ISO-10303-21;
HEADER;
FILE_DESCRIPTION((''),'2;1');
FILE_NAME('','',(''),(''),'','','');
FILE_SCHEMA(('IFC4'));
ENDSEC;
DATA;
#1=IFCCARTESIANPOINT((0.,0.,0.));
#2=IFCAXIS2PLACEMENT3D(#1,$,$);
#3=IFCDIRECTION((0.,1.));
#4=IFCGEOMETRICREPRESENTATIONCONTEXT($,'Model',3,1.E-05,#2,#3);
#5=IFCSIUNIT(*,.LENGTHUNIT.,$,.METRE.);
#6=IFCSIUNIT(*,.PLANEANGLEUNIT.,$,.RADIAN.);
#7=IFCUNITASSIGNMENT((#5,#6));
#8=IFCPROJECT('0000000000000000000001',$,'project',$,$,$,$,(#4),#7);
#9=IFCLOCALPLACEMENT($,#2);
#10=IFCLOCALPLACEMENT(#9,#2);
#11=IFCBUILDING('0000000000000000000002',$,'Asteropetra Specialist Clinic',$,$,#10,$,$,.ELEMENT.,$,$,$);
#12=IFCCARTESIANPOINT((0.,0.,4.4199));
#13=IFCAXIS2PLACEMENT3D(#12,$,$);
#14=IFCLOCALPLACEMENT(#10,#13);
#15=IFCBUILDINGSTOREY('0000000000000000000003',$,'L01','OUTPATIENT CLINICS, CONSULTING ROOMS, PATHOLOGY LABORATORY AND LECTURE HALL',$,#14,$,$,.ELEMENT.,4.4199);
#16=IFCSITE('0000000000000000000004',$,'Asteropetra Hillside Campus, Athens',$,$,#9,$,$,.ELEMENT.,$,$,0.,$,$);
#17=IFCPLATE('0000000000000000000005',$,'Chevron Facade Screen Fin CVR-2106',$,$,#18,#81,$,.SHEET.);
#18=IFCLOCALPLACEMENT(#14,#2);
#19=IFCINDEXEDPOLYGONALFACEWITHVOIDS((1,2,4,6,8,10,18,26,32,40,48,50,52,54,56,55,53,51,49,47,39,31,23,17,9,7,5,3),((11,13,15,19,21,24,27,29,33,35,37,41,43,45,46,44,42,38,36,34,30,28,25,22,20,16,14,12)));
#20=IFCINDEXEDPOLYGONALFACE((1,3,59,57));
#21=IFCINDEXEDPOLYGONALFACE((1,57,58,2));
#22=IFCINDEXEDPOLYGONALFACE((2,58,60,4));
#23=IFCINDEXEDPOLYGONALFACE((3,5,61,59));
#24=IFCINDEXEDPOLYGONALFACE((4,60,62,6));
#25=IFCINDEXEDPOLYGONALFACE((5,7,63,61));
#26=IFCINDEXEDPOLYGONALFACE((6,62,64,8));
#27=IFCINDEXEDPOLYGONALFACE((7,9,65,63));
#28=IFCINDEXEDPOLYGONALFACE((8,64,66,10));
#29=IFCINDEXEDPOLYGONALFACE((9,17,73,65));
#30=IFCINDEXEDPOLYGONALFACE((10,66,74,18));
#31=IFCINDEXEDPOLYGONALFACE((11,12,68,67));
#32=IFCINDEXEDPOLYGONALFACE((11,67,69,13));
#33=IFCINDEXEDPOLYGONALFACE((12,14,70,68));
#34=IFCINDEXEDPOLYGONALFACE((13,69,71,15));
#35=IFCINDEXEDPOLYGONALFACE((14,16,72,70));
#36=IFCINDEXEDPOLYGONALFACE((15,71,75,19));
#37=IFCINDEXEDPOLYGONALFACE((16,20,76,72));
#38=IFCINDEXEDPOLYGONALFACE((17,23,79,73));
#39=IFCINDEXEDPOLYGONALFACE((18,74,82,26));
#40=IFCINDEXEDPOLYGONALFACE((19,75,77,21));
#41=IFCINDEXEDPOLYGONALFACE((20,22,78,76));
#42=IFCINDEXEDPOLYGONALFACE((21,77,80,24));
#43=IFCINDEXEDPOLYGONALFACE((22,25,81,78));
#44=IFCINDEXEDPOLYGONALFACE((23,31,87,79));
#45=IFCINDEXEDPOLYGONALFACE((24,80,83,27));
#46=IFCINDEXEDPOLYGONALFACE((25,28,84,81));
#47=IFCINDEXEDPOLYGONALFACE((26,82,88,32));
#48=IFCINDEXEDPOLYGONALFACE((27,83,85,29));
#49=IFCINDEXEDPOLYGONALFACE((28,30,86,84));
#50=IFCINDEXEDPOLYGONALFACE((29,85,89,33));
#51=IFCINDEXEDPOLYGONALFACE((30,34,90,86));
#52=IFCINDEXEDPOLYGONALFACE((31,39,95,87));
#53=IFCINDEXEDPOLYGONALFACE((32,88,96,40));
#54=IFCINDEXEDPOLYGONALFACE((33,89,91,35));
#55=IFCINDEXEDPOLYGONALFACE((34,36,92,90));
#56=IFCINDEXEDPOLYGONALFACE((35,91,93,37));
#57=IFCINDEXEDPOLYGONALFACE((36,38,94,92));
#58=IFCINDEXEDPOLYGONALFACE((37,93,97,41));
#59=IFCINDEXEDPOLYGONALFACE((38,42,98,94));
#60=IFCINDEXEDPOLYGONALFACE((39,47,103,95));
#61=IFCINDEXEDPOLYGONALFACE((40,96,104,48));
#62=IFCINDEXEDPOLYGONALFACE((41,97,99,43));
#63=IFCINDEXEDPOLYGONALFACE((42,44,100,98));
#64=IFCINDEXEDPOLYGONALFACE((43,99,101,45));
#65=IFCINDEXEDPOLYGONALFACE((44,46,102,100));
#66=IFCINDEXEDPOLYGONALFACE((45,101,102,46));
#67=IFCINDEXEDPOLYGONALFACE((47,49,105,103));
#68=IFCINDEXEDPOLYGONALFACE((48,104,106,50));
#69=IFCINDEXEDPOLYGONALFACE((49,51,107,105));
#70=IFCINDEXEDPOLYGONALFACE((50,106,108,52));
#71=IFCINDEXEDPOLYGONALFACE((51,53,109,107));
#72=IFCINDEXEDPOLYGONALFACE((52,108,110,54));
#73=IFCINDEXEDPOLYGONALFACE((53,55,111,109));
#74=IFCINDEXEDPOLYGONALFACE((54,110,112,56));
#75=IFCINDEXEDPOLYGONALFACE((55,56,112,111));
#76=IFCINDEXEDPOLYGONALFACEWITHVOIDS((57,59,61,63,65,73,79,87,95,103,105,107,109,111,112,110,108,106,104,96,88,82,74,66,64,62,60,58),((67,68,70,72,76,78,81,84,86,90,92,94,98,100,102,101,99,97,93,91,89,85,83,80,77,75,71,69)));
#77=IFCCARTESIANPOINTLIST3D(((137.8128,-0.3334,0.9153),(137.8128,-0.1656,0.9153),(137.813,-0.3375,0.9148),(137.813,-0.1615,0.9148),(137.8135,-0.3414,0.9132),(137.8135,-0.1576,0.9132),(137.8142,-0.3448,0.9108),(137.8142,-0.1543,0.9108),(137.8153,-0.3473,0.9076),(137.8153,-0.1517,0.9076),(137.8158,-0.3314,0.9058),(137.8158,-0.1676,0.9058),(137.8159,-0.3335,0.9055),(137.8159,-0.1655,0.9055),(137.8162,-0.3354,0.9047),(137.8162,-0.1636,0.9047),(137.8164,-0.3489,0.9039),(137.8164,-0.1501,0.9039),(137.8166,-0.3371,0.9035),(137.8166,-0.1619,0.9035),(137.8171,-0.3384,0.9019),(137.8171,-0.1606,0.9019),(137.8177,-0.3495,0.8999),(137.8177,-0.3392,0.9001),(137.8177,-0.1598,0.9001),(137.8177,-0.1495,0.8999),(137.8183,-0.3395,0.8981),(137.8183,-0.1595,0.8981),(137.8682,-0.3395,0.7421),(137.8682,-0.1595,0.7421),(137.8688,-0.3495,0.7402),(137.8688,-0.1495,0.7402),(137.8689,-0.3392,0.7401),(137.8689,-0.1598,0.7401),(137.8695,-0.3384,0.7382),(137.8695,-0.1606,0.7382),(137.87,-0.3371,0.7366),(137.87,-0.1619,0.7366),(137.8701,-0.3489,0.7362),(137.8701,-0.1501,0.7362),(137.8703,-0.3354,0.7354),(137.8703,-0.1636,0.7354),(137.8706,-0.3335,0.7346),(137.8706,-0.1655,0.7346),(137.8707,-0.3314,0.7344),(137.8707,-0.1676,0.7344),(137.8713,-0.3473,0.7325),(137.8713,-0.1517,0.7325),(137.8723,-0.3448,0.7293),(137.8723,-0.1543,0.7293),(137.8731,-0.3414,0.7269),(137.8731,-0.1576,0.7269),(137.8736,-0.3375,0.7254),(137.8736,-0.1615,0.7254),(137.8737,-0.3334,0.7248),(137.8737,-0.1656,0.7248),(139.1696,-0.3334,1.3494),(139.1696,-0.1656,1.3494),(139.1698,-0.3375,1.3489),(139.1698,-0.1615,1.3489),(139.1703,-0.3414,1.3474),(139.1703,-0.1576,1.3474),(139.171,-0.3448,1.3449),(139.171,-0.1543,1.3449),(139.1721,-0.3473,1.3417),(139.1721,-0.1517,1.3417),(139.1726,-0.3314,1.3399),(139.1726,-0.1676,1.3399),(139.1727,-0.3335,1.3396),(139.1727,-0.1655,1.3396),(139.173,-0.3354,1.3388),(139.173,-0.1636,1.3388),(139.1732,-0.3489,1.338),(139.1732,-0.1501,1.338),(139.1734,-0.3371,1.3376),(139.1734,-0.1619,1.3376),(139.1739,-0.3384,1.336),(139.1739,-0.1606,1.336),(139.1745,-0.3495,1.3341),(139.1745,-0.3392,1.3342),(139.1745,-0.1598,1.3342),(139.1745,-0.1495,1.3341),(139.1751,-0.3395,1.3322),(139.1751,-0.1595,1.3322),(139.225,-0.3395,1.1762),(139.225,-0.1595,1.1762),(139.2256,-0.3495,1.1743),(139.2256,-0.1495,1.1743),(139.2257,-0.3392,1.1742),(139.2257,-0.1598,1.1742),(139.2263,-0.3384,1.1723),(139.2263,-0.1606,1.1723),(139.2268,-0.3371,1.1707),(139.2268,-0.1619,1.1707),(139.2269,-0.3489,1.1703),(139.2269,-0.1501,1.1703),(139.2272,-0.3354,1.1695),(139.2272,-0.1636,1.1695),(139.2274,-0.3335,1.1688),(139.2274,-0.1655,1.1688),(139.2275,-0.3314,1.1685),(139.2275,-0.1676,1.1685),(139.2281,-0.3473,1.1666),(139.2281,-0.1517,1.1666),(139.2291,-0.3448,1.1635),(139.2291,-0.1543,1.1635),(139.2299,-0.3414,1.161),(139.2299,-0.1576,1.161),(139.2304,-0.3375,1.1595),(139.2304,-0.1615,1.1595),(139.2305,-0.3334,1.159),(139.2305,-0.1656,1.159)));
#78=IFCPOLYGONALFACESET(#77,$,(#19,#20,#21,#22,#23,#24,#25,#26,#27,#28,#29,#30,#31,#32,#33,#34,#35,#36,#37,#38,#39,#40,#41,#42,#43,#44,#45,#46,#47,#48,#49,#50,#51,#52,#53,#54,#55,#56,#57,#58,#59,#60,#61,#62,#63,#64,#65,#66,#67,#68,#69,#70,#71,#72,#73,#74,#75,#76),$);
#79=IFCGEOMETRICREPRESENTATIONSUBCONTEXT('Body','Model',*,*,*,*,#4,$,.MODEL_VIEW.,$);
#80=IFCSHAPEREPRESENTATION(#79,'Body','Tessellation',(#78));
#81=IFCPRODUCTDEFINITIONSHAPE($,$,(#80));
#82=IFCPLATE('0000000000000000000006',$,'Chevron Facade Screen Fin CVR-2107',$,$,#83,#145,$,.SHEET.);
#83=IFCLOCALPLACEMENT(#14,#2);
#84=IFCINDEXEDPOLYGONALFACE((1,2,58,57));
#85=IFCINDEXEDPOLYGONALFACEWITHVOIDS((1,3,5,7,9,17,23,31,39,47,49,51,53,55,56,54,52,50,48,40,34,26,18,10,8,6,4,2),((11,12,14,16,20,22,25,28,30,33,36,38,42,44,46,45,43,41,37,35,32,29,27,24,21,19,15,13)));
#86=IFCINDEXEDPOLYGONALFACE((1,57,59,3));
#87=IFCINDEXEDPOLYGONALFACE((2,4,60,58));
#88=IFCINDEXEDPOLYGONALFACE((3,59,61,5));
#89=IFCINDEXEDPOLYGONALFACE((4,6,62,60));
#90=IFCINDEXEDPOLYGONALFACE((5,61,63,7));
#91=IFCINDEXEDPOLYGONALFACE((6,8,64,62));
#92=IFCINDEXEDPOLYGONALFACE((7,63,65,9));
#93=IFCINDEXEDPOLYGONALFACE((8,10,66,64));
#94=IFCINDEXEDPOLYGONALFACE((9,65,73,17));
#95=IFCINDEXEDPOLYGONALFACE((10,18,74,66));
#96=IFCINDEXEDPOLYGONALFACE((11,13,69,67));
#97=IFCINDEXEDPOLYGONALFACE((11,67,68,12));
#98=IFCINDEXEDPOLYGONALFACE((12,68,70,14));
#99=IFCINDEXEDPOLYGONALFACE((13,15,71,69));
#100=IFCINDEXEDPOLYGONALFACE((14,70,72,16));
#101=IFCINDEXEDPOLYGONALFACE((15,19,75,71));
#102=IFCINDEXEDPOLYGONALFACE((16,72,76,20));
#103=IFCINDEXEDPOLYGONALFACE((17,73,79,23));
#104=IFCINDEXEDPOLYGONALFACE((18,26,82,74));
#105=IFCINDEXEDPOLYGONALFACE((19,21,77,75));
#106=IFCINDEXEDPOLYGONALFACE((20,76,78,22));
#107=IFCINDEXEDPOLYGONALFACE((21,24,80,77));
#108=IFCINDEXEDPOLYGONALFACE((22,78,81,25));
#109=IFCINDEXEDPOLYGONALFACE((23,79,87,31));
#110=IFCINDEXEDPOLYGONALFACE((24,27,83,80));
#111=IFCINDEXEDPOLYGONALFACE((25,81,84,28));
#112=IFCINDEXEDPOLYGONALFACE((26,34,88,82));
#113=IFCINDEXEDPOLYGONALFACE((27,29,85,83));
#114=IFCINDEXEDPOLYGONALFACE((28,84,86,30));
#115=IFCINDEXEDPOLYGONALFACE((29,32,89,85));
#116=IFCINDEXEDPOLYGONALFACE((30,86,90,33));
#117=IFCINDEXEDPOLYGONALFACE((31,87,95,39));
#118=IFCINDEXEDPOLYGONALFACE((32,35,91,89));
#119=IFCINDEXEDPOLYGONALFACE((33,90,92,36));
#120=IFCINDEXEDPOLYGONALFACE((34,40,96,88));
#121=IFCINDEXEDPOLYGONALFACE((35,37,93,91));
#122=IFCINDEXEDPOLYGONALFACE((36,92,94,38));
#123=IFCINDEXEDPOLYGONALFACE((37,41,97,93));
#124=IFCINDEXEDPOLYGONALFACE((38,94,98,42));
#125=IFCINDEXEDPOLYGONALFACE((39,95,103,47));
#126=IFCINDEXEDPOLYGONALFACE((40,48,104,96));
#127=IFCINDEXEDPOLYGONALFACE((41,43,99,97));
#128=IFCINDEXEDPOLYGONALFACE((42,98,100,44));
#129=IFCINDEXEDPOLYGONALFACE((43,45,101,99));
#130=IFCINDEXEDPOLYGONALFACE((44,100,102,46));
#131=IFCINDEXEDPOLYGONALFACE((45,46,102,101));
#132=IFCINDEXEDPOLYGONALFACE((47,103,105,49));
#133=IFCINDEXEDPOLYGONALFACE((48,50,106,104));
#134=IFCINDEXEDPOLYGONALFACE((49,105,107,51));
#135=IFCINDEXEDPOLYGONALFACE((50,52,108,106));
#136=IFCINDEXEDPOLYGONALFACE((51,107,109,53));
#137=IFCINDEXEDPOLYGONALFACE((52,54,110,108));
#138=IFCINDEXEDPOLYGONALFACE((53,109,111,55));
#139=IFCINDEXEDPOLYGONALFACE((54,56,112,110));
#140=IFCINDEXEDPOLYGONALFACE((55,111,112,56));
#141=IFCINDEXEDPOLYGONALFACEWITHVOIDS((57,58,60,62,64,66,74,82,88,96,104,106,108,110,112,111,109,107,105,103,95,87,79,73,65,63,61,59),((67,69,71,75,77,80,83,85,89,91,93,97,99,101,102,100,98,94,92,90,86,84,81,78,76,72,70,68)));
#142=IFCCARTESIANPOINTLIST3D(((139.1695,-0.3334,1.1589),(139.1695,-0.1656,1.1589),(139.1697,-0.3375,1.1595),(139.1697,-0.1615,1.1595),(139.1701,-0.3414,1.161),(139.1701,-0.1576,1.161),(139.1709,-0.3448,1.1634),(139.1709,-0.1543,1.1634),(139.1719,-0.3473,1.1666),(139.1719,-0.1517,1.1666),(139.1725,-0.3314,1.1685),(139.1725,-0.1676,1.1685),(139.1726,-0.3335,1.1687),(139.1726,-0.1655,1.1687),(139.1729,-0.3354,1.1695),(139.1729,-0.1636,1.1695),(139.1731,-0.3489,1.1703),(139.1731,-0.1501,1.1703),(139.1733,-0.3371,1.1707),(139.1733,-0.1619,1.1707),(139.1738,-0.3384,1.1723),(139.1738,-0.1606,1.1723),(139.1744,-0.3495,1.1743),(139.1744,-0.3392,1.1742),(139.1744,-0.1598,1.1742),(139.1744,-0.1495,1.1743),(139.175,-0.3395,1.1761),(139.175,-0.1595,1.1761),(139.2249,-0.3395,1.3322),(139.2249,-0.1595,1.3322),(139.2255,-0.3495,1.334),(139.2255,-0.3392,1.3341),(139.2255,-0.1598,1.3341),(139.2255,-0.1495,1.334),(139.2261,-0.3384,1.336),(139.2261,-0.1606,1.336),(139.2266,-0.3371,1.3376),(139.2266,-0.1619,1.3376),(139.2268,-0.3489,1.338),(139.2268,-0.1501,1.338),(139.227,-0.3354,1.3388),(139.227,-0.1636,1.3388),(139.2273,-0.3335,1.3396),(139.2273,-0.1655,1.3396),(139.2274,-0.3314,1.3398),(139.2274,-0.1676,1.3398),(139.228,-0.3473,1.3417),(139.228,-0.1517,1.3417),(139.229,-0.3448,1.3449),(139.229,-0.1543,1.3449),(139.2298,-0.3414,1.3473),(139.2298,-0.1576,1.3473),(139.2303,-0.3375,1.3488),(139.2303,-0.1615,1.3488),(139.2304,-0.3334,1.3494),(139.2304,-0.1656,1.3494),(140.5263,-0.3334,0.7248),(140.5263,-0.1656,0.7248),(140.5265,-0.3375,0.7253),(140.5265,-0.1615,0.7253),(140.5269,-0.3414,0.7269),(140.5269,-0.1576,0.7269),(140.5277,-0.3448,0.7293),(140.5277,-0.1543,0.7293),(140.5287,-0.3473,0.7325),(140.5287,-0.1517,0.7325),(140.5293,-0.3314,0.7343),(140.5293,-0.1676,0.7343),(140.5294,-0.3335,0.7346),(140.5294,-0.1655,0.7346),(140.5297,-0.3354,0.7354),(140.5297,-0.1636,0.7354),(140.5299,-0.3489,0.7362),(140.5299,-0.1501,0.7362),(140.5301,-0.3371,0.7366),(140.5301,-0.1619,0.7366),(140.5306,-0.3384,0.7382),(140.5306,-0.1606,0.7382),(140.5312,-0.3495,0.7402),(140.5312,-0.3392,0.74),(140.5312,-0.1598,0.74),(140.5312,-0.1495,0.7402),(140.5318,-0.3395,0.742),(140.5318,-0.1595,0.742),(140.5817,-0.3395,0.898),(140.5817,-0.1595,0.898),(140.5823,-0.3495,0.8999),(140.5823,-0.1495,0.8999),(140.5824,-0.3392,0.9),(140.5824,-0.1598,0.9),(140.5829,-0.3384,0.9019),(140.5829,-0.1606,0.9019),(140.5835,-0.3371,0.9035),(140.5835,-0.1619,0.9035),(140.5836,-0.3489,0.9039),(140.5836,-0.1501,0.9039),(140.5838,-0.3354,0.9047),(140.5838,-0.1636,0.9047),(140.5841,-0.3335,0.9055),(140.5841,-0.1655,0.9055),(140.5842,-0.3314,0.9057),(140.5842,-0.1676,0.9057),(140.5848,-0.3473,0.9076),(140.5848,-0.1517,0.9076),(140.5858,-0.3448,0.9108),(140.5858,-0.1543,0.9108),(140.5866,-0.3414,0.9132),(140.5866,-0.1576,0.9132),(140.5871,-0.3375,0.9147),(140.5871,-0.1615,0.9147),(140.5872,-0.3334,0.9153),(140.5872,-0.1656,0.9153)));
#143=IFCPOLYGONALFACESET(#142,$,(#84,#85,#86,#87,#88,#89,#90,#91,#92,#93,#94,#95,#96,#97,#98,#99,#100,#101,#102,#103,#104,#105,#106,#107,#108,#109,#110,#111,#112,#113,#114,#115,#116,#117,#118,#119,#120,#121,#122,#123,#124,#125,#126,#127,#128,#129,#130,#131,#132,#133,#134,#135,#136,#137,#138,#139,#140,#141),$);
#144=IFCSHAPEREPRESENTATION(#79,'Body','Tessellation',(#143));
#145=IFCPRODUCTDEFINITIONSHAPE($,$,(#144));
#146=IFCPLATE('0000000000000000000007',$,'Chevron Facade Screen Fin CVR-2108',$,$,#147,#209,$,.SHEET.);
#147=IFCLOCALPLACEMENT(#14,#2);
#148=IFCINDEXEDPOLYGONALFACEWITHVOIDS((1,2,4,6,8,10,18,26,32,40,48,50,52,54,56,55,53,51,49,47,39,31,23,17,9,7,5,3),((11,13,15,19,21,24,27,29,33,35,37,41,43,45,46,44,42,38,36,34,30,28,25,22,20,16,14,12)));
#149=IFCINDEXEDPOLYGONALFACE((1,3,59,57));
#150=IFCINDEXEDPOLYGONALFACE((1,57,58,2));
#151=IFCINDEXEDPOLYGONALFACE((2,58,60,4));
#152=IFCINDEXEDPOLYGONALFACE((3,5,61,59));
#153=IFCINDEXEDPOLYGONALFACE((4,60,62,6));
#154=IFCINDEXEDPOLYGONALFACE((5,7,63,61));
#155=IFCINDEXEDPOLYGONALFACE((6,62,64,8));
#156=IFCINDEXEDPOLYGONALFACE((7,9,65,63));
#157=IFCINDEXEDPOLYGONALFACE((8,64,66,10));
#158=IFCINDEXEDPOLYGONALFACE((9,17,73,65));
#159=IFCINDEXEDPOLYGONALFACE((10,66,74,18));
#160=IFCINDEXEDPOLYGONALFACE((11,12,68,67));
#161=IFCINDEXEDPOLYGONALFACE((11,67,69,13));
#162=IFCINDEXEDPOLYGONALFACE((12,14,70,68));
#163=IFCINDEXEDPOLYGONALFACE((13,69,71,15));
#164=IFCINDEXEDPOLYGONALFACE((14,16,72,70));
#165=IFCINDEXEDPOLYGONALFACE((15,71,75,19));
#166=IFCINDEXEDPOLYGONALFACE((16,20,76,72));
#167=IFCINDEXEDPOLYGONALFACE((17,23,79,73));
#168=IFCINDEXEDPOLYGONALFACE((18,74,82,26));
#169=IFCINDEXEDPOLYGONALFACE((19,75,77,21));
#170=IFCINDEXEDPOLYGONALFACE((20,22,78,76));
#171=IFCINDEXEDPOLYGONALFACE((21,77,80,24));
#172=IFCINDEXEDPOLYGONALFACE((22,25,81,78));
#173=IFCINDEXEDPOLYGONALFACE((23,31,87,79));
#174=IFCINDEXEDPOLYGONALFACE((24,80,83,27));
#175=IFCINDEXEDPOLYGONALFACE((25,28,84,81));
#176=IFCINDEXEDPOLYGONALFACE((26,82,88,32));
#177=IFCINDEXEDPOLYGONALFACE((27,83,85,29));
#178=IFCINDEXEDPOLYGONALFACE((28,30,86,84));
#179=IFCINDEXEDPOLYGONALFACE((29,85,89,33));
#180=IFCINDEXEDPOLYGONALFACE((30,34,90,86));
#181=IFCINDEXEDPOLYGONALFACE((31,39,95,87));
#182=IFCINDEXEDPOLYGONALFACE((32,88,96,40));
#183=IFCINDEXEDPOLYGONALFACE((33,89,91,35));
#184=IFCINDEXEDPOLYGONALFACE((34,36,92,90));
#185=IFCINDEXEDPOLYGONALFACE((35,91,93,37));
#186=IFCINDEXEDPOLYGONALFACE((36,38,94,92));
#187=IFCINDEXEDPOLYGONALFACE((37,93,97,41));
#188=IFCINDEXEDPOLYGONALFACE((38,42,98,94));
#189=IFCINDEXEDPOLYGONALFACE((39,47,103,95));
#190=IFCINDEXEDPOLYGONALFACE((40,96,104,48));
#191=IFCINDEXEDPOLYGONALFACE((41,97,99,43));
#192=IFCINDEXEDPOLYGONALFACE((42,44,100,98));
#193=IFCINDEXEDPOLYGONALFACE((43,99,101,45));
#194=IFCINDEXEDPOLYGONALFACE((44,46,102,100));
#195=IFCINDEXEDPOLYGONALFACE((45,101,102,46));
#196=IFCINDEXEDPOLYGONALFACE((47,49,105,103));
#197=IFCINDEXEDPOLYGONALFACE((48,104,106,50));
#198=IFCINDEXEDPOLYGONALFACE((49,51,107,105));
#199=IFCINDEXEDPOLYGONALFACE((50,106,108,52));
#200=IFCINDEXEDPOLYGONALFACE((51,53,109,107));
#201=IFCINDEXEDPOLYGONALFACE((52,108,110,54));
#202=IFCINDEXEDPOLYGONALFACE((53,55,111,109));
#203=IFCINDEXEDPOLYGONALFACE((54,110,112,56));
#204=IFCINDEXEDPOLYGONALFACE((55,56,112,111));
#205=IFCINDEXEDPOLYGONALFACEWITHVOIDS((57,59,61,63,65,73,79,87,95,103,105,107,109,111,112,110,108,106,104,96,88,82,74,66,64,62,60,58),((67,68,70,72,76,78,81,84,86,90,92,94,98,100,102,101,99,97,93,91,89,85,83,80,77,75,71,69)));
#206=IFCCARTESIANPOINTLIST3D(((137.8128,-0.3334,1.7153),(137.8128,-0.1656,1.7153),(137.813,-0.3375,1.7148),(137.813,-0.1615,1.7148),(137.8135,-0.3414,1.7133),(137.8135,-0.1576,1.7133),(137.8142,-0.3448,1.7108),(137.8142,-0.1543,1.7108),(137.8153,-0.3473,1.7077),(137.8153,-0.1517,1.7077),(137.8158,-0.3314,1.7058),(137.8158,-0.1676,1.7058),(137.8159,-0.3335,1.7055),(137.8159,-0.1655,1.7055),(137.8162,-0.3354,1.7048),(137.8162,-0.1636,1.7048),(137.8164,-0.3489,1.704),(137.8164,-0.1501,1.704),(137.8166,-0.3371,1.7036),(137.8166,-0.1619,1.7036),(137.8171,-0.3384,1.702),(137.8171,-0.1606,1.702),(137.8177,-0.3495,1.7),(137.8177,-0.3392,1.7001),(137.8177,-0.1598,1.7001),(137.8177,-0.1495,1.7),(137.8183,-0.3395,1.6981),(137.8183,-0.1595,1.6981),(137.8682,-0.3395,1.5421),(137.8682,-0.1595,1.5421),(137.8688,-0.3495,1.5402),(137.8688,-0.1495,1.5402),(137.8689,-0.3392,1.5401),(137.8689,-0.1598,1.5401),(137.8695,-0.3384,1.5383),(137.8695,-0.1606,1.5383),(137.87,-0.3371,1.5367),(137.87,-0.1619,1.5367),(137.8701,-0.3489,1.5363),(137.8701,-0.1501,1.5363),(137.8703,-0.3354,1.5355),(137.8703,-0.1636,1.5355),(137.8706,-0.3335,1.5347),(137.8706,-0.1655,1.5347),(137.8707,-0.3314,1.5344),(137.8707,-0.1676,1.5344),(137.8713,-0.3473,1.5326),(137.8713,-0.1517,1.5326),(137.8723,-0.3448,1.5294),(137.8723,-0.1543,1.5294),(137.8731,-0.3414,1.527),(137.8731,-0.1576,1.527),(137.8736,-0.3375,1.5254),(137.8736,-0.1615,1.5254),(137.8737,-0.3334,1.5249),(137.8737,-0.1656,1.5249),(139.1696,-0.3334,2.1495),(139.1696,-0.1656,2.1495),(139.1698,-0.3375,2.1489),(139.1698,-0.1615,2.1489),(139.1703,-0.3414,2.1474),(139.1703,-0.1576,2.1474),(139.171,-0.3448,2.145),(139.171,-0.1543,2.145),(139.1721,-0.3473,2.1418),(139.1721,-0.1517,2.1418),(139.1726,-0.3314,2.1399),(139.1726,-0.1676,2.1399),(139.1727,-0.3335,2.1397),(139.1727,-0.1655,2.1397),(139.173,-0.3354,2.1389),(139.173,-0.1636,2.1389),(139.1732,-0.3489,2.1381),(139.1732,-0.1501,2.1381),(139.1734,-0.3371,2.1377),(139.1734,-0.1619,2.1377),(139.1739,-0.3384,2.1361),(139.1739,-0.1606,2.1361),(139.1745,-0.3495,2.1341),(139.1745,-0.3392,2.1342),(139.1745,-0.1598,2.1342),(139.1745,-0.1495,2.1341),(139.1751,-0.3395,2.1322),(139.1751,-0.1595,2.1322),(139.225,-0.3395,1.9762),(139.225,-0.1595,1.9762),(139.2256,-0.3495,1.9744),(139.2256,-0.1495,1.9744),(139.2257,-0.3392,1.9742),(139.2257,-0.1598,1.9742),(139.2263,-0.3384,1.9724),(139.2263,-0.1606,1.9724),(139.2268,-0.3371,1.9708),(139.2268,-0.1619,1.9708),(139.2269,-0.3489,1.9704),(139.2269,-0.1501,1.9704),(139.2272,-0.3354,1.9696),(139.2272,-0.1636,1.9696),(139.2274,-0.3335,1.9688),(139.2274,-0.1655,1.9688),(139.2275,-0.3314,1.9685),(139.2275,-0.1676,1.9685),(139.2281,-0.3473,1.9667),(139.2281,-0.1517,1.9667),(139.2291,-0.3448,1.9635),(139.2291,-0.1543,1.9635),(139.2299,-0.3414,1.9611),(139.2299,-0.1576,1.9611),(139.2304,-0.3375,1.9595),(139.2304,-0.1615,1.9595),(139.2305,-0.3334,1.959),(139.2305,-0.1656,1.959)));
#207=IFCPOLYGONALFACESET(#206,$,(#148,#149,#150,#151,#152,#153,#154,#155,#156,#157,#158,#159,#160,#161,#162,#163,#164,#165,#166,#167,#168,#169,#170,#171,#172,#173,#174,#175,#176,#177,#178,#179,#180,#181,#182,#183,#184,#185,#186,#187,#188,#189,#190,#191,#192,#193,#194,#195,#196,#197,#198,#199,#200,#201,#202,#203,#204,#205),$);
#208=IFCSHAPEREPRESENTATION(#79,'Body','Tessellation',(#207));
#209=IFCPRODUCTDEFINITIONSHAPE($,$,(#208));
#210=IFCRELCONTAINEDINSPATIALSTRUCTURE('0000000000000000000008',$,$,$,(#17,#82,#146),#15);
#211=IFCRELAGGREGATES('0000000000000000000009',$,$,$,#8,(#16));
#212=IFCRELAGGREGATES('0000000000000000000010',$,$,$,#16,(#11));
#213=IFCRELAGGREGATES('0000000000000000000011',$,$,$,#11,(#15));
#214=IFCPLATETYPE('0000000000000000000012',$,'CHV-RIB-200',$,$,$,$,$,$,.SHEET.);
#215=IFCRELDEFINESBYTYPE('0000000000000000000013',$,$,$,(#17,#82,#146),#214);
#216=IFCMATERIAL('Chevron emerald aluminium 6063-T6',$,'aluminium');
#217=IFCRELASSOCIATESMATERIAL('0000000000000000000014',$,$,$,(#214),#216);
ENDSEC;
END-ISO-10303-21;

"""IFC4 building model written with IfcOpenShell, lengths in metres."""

from ifc_helpers import new_model, si_unit, direction, frame, origin, origin_2d, place, context, subcontext, project, spatial, hollow_rectangle, extrude, material, material_profile, profile_set, type_object, element, save


model = new_model("IFC4")

# Units and contexts
model_context = context("Model", 3, precision=1e-05, world=origin(), true_north=direction((0.0, 1.0)))
body_context = subcontext(model_context, "Body", "Model", "MODEL_VIEW")
ifc_project = project(units=[si_unit("LENGTHUNIT", "METRE"), si_unit("PLANEANGLEUNIT", "RADIAN")], contexts=[model_context])

# Site, building, storey
site_placement = place(None, origin())
site = spatial("IfcSite", under=ifc_project, at=site_placement, Name="Asteropetra Hillside Campus, Athens", CompositionType="ELEMENT", RefElevation=0.0)
building_placement = place(site_placement, origin())
building = spatial("IfcBuilding", under=site, at=building_placement, Name="Asteropetra Specialist Clinic", CompositionType="ELEMENT")
storey_placement = place(building_placement, frame((0.0, 0.0, 4.4199)))
storey = spatial("IfcBuildingStorey", under=building, at=storey_placement, Name="L01", Description="OUTPATIENT CLINICS, CONSULTING ROOMS, PATHOLOGY LABORATORY AND LECTURE HALL", CompositionType="ELEMENT", Elevation=4.4199)

# Plates
ifc_material_1 = material(Name="Chevron emerald aluminium 6063-T6", Category="aluminium")
ifc_material_profile_1 = material_profile(ifc_material_1, hollow_rectangle(XDim=0.2, YDim=0.2, WallThickness=0.01, InnerFilletRadius=0.0081, OuterFilletRadius=0.0161, at=origin_2d()), Name="SHS 200x200x10.0")
ifc_profile_set_1 = profile_set([ifc_material_profile_1], Name="Chevron emerald aluminium 6063-T6")
plate_type = type_object("IfcPlateType", Name="CHV-RIB-200", PredefinedType="SHEET", material=ifc_profile_set_1)
for number, where, z_axis, x_axis, name in (
    (1, (137.8433, -0.2495, 0.8201), (0.952436, 0.0, 0.304738), (0.0, 1.0, 0.0), "Chevron Facade Screen Fin CVR-2106"),
    (2, (139.2, -0.2495, 1.2542), (0.952436, 0.0, -0.304738), (0.0, 1.0, 0.0), "Chevron Facade Screen Fin CVR-2107"),
    (3, (137.8433, -0.2495, 1.6201), (0.952436, 0.0, 0.304738), (0.0, 1.0, 0.0), "Chevron Facade Screen Fin CVR-2108"),
):
    element("IfcPlate", number, at=place(storey_placement, frame(where, z_axis=z_axis, x_axis=x_axis)), inside=storey, type_object=plate_type, Name=name, PredefinedType="SHEET", context=body_context, shape_type="SweptSolid", body=[
        extrude(hollow_rectangle(XDim=0.2, YDim=0.2, WallThickness=0.01, InnerFilletRadius=0.0081, OuterFilletRadius=0.0161, at=origin_2d()), origin(), (0.0, 0.0, 1.0), 1.4246),
    ])

save(model, "model.ifc")
